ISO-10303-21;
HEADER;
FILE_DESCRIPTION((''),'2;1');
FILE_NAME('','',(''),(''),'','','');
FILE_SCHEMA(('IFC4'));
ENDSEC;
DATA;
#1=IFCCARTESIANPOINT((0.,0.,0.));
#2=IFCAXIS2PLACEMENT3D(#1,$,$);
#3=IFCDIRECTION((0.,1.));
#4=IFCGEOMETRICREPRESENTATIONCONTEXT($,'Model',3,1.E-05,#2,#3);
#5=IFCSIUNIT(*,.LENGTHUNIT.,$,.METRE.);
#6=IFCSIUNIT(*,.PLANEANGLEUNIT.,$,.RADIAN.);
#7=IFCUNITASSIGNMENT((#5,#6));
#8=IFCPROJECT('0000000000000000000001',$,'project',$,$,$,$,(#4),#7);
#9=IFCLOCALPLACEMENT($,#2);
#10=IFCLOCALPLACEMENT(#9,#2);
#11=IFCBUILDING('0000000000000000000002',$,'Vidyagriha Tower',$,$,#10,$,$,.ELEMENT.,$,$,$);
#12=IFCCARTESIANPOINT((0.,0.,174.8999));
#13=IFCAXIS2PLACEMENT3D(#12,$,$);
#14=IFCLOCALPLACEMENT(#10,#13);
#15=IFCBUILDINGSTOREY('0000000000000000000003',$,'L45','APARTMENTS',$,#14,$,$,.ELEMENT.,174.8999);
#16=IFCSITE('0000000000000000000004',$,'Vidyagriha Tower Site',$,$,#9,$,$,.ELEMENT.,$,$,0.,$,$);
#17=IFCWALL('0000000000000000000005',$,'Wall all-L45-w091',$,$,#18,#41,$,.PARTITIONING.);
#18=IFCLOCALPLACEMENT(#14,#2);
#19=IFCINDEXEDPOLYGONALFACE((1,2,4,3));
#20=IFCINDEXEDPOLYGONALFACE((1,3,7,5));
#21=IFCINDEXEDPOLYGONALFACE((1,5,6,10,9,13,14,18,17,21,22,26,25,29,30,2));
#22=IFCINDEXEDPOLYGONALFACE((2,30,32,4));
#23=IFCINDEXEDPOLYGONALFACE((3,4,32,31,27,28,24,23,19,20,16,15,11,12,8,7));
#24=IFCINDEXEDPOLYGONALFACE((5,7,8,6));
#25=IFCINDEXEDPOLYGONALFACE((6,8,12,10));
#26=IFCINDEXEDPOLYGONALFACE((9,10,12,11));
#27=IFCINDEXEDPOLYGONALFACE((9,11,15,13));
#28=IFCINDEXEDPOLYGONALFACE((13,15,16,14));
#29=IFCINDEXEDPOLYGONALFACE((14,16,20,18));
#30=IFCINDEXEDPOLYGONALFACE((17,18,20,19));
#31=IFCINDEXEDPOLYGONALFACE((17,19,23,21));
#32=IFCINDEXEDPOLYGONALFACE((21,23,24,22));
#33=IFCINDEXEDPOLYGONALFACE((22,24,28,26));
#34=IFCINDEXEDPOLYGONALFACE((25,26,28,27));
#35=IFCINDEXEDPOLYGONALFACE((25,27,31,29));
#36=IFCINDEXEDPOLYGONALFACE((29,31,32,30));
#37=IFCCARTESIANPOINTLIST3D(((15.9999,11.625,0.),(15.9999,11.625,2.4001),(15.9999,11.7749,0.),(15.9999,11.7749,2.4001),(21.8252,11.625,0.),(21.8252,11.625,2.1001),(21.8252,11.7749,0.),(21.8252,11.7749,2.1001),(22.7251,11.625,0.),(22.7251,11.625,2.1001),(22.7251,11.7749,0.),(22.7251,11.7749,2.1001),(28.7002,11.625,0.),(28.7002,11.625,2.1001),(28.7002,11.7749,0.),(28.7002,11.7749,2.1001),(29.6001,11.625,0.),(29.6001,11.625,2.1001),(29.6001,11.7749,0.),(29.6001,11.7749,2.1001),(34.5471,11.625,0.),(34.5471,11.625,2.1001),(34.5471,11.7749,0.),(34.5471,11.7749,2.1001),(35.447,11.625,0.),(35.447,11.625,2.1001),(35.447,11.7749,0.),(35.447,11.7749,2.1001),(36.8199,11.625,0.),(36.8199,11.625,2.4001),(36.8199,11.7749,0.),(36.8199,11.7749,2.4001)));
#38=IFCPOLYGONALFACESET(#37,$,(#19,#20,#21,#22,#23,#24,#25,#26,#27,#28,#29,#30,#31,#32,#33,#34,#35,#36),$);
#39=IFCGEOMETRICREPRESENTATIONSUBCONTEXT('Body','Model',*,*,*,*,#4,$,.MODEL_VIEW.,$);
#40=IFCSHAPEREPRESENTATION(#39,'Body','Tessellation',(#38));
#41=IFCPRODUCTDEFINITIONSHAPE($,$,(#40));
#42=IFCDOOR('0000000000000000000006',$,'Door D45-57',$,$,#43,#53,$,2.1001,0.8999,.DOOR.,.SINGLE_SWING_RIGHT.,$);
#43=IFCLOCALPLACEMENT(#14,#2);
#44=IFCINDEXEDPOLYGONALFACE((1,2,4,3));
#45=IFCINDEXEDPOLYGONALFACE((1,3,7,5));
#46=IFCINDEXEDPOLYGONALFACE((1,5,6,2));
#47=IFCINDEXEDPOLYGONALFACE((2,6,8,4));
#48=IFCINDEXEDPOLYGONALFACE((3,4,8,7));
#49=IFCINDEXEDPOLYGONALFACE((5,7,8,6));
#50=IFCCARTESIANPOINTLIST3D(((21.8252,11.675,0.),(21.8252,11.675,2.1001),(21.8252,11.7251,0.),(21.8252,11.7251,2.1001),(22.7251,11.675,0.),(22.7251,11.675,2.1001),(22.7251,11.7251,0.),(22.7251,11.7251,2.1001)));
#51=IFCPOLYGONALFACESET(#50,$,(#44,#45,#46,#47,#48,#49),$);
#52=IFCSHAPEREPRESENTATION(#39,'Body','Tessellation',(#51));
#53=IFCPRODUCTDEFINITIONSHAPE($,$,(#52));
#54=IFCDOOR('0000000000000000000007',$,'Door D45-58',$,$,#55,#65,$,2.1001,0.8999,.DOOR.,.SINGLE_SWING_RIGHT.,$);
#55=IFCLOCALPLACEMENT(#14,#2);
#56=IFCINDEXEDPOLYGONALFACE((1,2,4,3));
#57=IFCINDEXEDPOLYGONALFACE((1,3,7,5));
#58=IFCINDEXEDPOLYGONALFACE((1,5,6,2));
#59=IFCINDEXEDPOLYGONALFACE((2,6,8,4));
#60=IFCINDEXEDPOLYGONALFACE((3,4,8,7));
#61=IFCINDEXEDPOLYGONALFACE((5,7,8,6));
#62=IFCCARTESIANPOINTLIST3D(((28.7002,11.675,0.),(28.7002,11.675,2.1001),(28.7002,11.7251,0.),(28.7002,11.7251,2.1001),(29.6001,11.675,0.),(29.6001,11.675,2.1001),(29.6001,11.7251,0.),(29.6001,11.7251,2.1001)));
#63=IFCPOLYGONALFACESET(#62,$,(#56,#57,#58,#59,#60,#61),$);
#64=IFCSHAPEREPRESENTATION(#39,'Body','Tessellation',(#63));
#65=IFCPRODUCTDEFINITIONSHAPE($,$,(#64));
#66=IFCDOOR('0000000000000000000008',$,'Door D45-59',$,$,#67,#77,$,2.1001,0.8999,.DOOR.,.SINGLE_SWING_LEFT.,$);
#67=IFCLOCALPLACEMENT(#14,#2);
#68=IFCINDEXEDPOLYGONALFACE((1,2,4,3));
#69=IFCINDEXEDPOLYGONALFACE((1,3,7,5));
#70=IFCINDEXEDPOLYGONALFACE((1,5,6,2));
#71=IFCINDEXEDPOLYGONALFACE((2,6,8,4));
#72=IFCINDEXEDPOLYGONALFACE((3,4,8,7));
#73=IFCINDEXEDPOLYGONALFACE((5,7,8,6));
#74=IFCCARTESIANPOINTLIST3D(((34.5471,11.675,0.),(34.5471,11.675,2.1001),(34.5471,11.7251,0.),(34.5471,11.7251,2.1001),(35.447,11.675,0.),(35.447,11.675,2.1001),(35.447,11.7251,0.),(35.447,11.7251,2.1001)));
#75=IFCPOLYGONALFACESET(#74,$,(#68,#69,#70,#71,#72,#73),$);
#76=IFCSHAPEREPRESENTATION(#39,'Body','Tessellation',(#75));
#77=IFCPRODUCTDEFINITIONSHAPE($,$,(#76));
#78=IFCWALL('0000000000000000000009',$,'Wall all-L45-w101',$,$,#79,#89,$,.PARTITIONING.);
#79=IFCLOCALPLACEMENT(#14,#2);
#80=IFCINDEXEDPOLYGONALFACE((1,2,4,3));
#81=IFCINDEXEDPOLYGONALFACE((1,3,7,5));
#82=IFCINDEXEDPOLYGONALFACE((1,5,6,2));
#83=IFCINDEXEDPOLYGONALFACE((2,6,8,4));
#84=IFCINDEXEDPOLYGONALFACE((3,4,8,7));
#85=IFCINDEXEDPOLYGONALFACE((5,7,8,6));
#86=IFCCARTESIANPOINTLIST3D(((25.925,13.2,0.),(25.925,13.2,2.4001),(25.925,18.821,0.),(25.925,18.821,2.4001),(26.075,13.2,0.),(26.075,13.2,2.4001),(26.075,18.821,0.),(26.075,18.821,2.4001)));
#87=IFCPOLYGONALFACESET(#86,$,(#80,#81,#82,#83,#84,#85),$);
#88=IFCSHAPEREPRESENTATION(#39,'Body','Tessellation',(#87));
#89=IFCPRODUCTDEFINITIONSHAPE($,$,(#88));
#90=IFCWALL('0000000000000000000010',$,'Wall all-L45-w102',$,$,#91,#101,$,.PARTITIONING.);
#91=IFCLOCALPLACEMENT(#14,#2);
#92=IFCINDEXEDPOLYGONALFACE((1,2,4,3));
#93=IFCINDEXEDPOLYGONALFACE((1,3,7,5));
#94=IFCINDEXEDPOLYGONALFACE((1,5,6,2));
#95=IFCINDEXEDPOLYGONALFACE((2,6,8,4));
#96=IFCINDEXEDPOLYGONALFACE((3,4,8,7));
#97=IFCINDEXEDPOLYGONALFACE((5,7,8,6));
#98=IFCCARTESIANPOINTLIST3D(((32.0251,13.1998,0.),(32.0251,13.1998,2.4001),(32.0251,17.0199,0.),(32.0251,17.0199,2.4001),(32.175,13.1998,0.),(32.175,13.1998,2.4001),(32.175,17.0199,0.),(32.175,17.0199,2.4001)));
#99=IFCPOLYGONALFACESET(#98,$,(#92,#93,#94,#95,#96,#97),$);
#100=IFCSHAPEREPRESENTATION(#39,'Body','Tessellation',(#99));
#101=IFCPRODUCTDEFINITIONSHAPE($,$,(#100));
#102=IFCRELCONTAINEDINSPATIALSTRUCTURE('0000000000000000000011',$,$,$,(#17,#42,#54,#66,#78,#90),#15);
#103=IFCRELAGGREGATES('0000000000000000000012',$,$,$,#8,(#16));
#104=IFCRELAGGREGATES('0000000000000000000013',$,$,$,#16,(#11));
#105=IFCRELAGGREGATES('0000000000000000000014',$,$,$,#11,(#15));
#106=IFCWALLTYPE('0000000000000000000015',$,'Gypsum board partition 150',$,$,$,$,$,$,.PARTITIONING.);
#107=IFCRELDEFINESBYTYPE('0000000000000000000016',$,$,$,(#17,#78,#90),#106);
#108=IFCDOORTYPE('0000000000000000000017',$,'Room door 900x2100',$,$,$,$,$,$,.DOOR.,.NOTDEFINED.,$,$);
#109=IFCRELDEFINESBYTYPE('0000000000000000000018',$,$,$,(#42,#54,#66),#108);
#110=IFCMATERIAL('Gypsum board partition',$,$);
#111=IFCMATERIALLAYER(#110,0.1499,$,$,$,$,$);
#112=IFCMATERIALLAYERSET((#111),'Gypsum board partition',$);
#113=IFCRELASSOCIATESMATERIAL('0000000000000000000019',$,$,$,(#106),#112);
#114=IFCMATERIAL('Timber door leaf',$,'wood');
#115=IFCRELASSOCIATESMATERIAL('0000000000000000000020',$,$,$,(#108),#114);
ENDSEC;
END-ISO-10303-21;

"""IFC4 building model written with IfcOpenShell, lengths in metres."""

from ifc_helpers import new_model, si_unit, direction, frame, frame_2d, origin, place, context, subcontext, project, spatial, rectangle, extrude, material, layer, layer_set, type_object, element, fill, save


model = new_model("IFC4")

# Units and contexts
model_context = context("Model", 3, precision=1e-05, world=origin(), true_north=direction((0.0, 1.0)))
body_context = subcontext(model_context, "Body", "Model", "MODEL_VIEW")
ifc_project = project(units=[si_unit("LENGTHUNIT", "METRE"), si_unit("PLANEANGLEUNIT", "RADIAN")], contexts=[model_context])

# Site, building, storey
site_placement = place(None, origin())
site = spatial("IfcSite", under=ifc_project, at=site_placement, Name="Vidyagriha Tower Site", CompositionType="ELEMENT", RefElevation=0.0)
building_placement = place(site_placement, origin())
building = spatial("IfcBuilding", under=site, at=building_placement, Name="Vidyagriha Tower", CompositionType="ELEMENT")
storey_placement = place(building_placement, frame((0.0, 0.0, 174.8999)))
storey = spatial("IfcBuildingStorey", under=building, at=storey_placement, Name="L45", Description="APARTMENTS", CompositionType="ELEMENT", Elevation=174.8999)

# Shared definitions
ifc_material_1 = material(Name="Gypsum board partition")
ifc_layer_1 = layer(ifc_material_1, 0.1499)
ifc_layer_set_1 = layer_set([ifc_layer_1], Name="Gypsum board partition")
wall_type_1 = type_object("IfcWallType", Name="Gypsum board partition 150", PredefinedType="PARTITIONING", material=ifc_layer_set_1)

# Wall, openings, doors
wall_1_placement = place(storey_placement, frame((36.8201, 11.7, 0.0), z_axis=(0.0, 0.0, 1.0), x_axis=(-1.0, 0.0, 0.0)))
wall_1 = element("IfcWall", 1, at=wall_1_placement, inside=storey, type_object=wall_type_1, Name="Wall all-L45-w091", PredefinedType="PARTITIONING", context=body_context, shape_type="SweptSolid", body=[
    extrude(rectangle(XDim=20.8201, YDim=0.1499, at=frame_2d((10.4102, 0.0))), origin(), (0.0, 0.0, 1.0), 2.4001),
])
opening_1_placement = place(wall_1_placement, frame((14.095, 0.0, 0.0)))
opening_1 = element("IfcOpeningElement", 2, at=opening_1_placement, cuts=wall_1, PredefinedType="OPENING", context=body_context, shape_type="SweptSolid", body=[
    extrude(rectangle(XDim=0.8999, YDim=2.1001, at=frame_2d((0.45, 1.05))), frame((0.0, 0.085, 0.0), z_axis=(0.0, -1.0, 0.0), x_axis=(1.0, 0.0, 0.0)), (0.0, 0.0, 1.0), 0.1699),
])
opening_2_placement = place(wall_1_placement, frame((7.22, 0.0, 0.0)))
opening_2 = element("IfcOpeningElement", 3, at=opening_2_placement, cuts=wall_1, PredefinedType="OPENING", context=body_context, shape_type="SweptSolid", body=[
    extrude(rectangle(XDim=0.8999, YDim=2.1001, at=frame_2d((0.45, 1.05))), frame((0.0, 0.085, 0.0), z_axis=(0.0, -1.0, 0.0), x_axis=(1.0, 0.0, 0.0)), (0.0, 0.0, 1.0), 0.1699),
])
opening_3_placement = place(wall_1_placement, frame((1.373, 0.0, 0.0)))
opening_3 = element("IfcOpeningElement", 4, at=opening_3_placement, cuts=wall_1, PredefinedType="OPENING", context=body_context, shape_type="SweptSolid", body=[
    extrude(rectangle(XDim=0.8999, YDim=2.1001, at=frame_2d((0.45, 1.05))), frame((0.0, 0.085, 0.0), z_axis=(0.0, -1.0, 0.0), x_axis=(1.0, 0.0, 0.0)), (0.0, 0.0, 1.0), 0.1699),
])
ifc_material_2 = material(Name="Timber door leaf", Category="wood")
door_type = type_object("IfcDoorType", Name="Room door 900x2100", OperationType="NOTDEFINED", PredefinedType="DOOR", material=ifc_material_2)
door_1_placement = place(opening_1_placement, origin())
door_1 = element("IfcDoor", 5, at=door_1_placement, inside=storey, type_object=door_type, Name="Door D45-57", OperationType="SINGLE_SWING_RIGHT", OverallHeight=2.1001, OverallWidth=0.8999, PredefinedType="DOOR", context=body_context, shape_type="SweptSolid", body=[
    extrude(rectangle(XDim=0.8999, YDim=2.1001, at=frame_2d((0.45, 1.05))), frame((0.0, 0.0249, 0.0), z_axis=(0.0, -1.0, 0.0), x_axis=(1.0, 0.0, 0.0)), (0.0, 0.0, 1.0), 0.05),
])
fill(opening_1, door_1)
door_2_placement = place(opening_2_placement, origin())
door_2 = element("IfcDoor", 6, at=door_2_placement, inside=storey, type_object=door_type, Name="Door D45-58", OperationType="SINGLE_SWING_RIGHT", OverallHeight=2.1001, OverallWidth=0.8999, PredefinedType="DOOR", context=body_context, shape_type="SweptSolid", body=[
    extrude(rectangle(XDim=0.8999, YDim=2.1001, at=frame_2d((0.45, 1.05))), frame((0.0, 0.0249, 0.0), z_axis=(0.0, -1.0, 0.0), x_axis=(1.0, 0.0, 0.0)), (0.0, 0.0, 1.0), 0.05),
])
fill(opening_2, door_2)
door_3_placement = place(opening_3_placement, origin())
door_3 = element("IfcDoor", 7, at=door_3_placement, inside=storey, type_object=door_type, Name="Door D45-59", OperationType="SINGLE_SWING_LEFT", OverallHeight=2.1001, OverallWidth=0.8999, PredefinedType="DOOR", context=body_context, shape_type="SweptSolid", body=[
    extrude(rectangle(XDim=0.8999, YDim=2.1001, at=frame_2d((0.45, 1.05))), frame((0.0, 0.0249, 0.0), z_axis=(0.0, -1.0, 0.0), x_axis=(1.0, 0.0, 0.0)), (0.0, 0.0, 1.0), 0.05),
])
fill(opening_3, door_3)

# Walls
wall_2_placement = place(storey_placement, frame((26.0, 18.821, 0.0), z_axis=(0.0, 0.0, 1.0), x_axis=(0.0, -1.0, 0.0)))
element("IfcWall", 8, at=wall_2_placement, inside=storey, type_object=wall_type_1, Name="Wall all-L45-w101", PredefinedType="PARTITIONING", context=body_context, shape_type="SweptSolid", body=[
    extrude(rectangle(XDim=5.6211, YDim=0.1499, at=frame_2d((2.8105, 0.0))), origin(), (0.0, 0.0, 1.0), 2.4001),
])
wall_3_placement = place(storey_placement, frame((32.1001, 17.02, 0.0), z_axis=(0.0, 0.0, 1.0), x_axis=(0.0, -1.0, 0.0)))
element("IfcWall", 9, at=wall_3_placement, inside=storey, type_object=wall_type_1, Name="Wall all-L45-w102", PredefinedType="PARTITIONING", context=body_context, shape_type="SweptSolid", body=[
    extrude(rectangle(XDim=3.8201, YDim=0.1499, at=frame_2d((1.9102, 0.0))), origin(), (0.0, 0.0, 1.0), 2.4001),
])

save(model, "model.ifc")
